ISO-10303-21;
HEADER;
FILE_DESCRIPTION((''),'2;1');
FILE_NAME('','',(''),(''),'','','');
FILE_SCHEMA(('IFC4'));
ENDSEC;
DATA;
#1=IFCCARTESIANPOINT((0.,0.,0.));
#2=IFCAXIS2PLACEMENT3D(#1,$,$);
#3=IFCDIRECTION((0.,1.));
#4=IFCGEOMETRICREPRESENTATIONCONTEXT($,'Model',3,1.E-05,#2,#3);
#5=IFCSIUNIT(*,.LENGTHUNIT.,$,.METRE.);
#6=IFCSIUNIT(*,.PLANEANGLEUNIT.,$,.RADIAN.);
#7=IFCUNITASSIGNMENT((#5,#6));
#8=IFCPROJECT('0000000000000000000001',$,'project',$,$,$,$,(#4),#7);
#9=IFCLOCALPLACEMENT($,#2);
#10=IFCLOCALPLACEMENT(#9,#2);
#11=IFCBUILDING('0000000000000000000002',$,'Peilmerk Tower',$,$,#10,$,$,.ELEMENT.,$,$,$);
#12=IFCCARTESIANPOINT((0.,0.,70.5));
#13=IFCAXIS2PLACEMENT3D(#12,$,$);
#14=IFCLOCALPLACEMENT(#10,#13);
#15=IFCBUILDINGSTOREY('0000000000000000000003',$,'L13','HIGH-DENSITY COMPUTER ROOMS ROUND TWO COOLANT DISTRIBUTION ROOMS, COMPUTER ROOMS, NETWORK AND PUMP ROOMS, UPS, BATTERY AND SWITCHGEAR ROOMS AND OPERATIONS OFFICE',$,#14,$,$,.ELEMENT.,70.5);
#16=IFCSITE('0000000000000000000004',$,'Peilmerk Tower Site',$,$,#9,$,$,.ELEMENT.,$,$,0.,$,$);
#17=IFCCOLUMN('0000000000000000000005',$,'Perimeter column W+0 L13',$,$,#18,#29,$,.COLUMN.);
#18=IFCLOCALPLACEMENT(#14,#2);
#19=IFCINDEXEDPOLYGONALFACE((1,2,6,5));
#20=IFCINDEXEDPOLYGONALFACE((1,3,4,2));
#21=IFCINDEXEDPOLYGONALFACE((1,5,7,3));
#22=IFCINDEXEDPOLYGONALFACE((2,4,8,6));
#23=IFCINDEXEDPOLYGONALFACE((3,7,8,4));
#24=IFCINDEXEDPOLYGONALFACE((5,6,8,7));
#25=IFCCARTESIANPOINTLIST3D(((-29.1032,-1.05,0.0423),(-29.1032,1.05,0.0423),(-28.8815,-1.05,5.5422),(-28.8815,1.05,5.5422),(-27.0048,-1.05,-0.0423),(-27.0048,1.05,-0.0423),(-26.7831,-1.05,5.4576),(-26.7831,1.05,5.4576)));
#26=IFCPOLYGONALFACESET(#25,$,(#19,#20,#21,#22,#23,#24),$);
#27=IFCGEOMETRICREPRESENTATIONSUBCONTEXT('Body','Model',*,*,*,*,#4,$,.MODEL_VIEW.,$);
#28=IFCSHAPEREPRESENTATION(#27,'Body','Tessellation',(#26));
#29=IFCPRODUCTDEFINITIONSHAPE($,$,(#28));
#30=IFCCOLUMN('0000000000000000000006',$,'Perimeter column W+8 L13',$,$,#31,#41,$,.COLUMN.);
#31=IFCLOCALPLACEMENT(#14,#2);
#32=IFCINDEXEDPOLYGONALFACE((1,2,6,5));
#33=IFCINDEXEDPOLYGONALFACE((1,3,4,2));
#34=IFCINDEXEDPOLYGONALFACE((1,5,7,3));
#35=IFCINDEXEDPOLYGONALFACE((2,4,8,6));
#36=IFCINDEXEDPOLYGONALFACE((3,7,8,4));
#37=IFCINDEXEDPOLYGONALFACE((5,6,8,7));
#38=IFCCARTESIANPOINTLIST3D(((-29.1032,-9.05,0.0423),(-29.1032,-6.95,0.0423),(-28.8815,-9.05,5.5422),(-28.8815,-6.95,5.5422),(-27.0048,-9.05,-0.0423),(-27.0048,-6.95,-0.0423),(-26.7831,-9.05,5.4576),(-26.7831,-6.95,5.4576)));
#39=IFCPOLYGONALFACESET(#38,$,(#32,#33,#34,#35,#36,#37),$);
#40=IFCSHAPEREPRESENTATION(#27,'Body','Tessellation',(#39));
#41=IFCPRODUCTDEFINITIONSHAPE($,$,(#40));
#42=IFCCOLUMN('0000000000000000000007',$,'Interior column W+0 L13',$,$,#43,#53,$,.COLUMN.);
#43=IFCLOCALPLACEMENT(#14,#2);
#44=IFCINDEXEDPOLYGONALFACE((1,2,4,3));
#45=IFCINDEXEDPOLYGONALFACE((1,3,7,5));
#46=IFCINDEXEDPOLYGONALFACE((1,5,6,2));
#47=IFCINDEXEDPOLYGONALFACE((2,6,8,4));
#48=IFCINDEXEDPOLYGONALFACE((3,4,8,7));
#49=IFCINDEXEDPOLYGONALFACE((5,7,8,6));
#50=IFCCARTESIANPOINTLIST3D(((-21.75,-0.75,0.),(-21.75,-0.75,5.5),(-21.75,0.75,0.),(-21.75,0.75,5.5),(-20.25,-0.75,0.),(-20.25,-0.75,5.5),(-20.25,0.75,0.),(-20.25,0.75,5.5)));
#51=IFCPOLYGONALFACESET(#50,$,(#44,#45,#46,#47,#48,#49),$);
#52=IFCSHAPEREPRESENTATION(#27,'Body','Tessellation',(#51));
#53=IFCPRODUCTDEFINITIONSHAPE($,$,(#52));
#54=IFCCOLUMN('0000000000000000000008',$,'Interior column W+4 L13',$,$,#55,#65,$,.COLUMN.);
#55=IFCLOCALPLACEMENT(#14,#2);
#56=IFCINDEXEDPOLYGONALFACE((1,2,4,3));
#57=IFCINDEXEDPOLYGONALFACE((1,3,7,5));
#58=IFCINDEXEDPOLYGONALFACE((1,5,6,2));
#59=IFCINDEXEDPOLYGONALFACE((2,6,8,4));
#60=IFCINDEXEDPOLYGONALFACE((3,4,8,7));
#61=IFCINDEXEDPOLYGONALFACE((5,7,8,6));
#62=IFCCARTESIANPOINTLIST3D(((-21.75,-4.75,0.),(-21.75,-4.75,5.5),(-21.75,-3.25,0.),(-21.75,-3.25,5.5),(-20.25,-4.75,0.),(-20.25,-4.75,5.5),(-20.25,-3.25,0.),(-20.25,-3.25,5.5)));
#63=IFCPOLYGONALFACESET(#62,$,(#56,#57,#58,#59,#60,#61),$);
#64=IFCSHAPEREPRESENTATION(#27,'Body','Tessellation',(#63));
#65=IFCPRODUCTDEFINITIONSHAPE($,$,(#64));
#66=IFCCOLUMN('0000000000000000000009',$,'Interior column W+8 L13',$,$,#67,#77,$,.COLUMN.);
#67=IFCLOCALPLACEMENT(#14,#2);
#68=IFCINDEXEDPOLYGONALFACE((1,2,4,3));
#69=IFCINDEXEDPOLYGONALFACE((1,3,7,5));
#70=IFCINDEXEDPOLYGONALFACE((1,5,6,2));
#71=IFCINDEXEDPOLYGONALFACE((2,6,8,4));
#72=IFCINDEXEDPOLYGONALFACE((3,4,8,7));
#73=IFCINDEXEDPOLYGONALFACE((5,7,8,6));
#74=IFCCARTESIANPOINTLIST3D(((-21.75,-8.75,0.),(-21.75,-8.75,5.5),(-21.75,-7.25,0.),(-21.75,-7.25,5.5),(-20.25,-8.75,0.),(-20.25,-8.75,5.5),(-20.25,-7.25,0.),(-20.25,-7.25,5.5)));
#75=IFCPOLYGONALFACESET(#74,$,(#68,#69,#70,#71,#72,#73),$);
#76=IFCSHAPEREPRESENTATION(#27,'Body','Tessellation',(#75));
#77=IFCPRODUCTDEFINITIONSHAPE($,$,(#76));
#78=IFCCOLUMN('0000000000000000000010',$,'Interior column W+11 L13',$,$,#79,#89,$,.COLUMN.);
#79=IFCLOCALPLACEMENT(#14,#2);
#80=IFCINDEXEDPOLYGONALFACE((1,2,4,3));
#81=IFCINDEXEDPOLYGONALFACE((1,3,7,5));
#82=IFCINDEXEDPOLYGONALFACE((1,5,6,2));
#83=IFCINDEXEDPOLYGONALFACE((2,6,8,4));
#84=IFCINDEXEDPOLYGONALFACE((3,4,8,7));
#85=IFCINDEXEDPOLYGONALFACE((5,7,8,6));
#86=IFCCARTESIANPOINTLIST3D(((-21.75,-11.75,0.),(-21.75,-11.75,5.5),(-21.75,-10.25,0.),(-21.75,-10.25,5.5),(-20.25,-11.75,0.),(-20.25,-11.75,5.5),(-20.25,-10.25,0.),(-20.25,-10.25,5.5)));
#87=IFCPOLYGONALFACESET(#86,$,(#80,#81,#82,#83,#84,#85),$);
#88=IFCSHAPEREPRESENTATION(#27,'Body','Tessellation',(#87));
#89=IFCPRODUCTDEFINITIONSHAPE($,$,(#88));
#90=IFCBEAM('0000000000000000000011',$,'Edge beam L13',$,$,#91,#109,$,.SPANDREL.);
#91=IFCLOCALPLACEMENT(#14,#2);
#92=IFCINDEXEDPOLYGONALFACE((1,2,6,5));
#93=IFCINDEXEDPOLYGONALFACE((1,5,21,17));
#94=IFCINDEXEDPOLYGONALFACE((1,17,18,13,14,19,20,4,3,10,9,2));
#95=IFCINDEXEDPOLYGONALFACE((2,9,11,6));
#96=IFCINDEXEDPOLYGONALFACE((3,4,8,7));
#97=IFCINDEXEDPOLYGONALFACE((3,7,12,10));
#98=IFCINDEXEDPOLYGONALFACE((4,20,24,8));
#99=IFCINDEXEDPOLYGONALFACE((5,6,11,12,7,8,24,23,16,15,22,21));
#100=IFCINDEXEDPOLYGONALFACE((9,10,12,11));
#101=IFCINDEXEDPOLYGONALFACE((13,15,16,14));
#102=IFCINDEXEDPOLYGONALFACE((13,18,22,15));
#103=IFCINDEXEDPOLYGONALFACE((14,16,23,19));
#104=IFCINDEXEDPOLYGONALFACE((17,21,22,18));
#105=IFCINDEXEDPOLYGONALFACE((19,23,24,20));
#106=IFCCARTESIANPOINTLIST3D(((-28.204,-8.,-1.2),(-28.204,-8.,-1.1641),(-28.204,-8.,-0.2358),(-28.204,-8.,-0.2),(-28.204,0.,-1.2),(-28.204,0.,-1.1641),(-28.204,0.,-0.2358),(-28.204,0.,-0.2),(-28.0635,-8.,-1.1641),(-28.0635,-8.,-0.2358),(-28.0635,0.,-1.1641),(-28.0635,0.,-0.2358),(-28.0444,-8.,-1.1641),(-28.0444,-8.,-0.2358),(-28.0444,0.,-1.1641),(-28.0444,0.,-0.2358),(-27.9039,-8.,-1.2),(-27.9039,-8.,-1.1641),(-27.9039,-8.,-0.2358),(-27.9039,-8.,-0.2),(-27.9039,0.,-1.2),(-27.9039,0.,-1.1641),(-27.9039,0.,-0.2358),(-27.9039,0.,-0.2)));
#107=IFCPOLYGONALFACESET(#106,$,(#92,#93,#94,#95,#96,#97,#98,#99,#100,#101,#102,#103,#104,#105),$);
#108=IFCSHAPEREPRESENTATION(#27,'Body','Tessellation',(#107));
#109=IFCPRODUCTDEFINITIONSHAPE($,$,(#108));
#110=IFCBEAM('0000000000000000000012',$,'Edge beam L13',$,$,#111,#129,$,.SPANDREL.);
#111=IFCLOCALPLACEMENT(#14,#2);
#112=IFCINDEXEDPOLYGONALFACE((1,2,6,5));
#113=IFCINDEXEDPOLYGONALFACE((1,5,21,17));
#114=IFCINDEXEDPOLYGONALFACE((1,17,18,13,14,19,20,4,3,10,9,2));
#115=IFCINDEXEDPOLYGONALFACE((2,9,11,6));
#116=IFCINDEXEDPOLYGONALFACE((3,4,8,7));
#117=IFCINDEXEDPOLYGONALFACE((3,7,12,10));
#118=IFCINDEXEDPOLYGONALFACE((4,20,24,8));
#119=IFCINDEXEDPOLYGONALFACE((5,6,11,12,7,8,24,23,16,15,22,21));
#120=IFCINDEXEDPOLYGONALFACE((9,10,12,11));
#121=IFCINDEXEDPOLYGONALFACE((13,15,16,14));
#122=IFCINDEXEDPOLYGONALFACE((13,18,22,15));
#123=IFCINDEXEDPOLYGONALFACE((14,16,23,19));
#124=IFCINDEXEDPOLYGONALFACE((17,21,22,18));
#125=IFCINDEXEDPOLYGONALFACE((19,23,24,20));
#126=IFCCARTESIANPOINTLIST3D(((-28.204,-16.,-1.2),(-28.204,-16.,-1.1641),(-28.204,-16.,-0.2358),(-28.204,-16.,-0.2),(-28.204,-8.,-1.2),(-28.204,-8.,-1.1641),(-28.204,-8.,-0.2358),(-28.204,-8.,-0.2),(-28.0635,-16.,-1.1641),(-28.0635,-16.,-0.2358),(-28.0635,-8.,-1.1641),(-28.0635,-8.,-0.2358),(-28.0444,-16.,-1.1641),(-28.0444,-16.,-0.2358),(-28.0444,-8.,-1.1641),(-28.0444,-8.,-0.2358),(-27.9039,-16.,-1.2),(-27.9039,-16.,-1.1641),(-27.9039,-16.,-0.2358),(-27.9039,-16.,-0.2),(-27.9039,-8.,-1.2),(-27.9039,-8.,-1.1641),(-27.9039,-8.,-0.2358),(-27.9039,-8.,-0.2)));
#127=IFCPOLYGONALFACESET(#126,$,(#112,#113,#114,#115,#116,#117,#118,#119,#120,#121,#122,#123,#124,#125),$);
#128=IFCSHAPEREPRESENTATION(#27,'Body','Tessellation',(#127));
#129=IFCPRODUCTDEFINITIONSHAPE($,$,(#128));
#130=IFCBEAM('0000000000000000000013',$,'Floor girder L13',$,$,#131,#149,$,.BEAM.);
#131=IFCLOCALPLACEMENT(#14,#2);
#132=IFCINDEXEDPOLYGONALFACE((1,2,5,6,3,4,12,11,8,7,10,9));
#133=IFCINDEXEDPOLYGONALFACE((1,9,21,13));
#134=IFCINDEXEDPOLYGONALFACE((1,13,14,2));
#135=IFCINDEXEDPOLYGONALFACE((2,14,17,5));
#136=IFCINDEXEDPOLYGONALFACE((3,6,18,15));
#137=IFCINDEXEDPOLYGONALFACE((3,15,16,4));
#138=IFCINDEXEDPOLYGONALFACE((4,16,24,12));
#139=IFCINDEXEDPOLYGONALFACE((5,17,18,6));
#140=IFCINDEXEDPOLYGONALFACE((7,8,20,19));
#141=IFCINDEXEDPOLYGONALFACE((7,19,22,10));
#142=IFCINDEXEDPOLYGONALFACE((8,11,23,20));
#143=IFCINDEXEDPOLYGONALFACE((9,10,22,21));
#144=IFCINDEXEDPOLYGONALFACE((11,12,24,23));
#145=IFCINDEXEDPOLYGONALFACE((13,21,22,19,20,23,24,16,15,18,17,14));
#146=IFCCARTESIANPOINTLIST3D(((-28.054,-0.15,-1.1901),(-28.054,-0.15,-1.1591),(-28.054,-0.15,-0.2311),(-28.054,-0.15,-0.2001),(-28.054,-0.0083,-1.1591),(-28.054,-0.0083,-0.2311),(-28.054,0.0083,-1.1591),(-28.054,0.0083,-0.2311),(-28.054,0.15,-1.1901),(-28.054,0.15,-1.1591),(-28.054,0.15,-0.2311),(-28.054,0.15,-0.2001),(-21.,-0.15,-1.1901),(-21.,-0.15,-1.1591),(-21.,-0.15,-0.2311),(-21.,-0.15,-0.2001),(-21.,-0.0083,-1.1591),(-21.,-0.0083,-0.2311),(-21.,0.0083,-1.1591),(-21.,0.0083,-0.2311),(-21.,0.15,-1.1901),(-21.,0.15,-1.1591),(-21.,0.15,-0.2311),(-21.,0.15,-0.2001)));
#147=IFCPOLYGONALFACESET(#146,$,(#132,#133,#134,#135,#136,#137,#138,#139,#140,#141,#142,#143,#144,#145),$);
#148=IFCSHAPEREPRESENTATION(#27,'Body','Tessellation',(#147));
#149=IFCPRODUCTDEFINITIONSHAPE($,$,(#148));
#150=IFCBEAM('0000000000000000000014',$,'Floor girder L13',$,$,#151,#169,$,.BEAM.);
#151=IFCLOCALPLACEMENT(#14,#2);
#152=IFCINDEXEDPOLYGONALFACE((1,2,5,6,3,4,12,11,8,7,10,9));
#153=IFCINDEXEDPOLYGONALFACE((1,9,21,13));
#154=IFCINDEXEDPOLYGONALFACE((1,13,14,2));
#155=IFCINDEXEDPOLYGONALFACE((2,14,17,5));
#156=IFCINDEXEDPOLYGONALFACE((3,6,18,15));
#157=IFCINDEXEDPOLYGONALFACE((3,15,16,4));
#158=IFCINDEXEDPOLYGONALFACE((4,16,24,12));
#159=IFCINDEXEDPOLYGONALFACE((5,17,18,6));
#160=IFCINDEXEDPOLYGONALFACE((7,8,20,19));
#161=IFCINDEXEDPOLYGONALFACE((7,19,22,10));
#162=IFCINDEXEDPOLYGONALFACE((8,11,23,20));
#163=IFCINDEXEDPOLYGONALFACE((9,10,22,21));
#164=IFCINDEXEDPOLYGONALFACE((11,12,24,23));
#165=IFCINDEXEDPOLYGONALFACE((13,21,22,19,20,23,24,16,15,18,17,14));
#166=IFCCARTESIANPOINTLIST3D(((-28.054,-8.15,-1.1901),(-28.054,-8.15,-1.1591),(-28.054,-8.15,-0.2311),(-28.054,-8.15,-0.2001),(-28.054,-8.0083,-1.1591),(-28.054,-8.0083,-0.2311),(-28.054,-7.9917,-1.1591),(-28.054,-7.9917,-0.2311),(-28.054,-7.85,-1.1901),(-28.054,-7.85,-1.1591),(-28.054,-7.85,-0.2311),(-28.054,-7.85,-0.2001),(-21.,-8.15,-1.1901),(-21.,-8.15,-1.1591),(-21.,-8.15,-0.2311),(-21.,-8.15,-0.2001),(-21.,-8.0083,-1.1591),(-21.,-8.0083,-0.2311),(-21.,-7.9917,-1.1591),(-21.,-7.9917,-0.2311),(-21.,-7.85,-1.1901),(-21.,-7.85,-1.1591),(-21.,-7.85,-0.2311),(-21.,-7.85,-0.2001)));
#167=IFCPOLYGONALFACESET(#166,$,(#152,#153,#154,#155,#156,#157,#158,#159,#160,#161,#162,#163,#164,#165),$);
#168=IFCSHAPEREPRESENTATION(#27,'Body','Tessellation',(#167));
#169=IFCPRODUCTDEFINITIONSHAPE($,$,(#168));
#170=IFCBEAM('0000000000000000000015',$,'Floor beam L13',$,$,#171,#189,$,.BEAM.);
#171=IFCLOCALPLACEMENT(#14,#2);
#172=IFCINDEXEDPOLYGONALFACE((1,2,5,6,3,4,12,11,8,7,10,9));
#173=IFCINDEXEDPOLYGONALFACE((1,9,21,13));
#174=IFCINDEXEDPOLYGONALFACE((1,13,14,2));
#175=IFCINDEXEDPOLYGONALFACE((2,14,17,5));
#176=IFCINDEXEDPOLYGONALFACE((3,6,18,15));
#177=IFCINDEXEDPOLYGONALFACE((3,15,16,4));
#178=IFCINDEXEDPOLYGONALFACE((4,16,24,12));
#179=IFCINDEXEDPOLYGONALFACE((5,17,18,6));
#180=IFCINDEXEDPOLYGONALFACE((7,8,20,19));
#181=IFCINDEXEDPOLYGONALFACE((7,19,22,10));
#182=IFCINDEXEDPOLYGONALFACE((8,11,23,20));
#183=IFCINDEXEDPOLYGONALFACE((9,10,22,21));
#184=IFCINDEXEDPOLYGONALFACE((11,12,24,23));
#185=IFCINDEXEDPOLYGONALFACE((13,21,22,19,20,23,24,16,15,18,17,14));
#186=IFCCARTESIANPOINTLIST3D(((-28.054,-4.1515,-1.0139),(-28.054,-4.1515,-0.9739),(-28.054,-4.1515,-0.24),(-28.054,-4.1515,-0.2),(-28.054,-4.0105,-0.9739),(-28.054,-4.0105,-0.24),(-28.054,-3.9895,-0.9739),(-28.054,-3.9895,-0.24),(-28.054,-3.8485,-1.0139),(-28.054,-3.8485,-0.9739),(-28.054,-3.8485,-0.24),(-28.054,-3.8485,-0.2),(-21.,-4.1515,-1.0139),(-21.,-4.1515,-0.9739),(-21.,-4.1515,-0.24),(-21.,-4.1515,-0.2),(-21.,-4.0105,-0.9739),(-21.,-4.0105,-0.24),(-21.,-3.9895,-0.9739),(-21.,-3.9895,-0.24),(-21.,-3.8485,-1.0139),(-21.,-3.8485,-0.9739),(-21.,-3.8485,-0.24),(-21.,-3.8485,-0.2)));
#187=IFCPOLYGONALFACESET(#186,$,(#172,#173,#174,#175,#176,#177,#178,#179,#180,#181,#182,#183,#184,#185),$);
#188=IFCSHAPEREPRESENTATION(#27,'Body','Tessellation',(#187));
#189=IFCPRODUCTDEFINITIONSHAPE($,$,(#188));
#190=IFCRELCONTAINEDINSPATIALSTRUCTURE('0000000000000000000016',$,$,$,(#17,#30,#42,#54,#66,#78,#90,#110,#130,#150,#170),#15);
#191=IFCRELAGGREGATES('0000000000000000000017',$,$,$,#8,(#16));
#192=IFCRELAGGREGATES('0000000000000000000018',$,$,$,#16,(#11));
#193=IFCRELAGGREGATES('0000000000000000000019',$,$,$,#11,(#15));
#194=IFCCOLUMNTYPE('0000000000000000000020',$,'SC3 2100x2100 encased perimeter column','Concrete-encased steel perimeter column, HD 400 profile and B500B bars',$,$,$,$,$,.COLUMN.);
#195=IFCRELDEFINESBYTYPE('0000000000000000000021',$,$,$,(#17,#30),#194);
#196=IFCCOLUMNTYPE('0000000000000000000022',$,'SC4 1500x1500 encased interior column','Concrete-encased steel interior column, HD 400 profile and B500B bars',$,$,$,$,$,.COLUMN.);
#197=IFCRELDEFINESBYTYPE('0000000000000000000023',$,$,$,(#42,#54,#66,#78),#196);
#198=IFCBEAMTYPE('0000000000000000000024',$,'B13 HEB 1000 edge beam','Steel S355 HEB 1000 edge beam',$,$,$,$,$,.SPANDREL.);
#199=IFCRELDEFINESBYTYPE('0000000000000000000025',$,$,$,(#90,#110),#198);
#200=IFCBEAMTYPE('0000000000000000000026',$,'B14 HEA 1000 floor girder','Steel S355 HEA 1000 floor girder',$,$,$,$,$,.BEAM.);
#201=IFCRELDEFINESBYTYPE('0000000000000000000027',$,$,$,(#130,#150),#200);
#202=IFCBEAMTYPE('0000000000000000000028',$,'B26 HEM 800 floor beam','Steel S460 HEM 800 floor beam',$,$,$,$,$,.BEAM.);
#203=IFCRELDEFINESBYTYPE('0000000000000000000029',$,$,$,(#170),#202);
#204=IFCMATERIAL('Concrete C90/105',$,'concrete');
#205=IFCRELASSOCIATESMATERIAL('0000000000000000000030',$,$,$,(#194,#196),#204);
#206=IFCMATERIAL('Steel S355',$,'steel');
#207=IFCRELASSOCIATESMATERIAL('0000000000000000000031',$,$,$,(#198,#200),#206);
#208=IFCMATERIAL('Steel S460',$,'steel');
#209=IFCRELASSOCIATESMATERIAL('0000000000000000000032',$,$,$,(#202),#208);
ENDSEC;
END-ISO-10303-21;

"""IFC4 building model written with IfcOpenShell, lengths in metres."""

from ifc_helpers import new_model, si_unit, direction, frame, origin, origin_2d, place, context, subcontext, project, spatial, rectangle, i_section, extrude, material, material_profile, profile_set, type_object, element, save


model = new_model("IFC4")

# Units and contexts
model_context = context("Model", 3, precision=1e-05, world=origin(), true_north=direction((0.0, 1.0)))
body_context = subcontext(model_context, "Body", "Model", "MODEL_VIEW")
ifc_project = project(units=[si_unit("LENGTHUNIT", "METRE"), si_unit("PLANEANGLEUNIT", "RADIAN")], contexts=[model_context])

# Site, building, storey
site_placement = place(None, origin())
site = spatial("IfcSite", under=ifc_project, at=site_placement, Name="Peilmerk Tower Site", CompositionType="ELEMENT", RefElevation=0.0)
building_placement = place(site_placement, origin())
building = spatial("IfcBuilding", under=site, at=building_placement, Name="Peilmerk Tower", CompositionType="ELEMENT")
storey_placement = place(building_placement, frame((0.0, 0.0, 70.5)))
storey = spatial("IfcBuildingStorey", under=building, at=storey_placement, Name="L13", Description="HIGH-DENSITY COMPUTER ROOMS ROUND TWO COOLANT DISTRIBUTION ROOMS, COMPUTER ROOMS, NETWORK AND PUMP ROOMS, UPS, BATTERY AND SWITCHGEAR ROOMS AND OPERATIONS OFFICE", CompositionType="ELEMENT", Elevation=70.5)

# Columns
ifc_material_1 = material(Name="Concrete C90/105", Category="concrete")
ifc_material_profile_1 = material_profile(ifc_material_1, rectangle(XDim=2.1001, YDim=2.1001, at=origin_2d()), Name="RC 2100x2100")
ifc_profile_set_1 = profile_set([ifc_material_profile_1], Name="Concrete C90/105")
column_type_1 = type_object("IfcColumnType", Name="SC3 2100x2100 encased perimeter column", Description="Concrete-encased steel perimeter column, HD 400 profile and B500B bars", PredefinedType="COLUMN", material=ifc_profile_set_1)
for number, where, z_axis, x_axis, name in (
    (1, (-28.054, 0.0, 0.0), (0.040273, 0.0, 0.999189), (0.0, 1.0, 0.0), "Perimeter column W+0 L13"),
    (2, (-28.054, -8.0, 0.0), (0.040273, 0.0, 0.999189), (0.0, 1.0, 0.0), "Perimeter column W+8 L13"),
):
    element("IfcColumn", number, at=place(storey_placement, frame(where, z_axis=z_axis, x_axis=x_axis)), inside=storey, type_object=column_type_1, Name=name, PredefinedType="COLUMN", context=body_context, shape_type="SweptSolid", body=[
        extrude(rectangle(XDim=2.1001, YDim=2.1001, at=origin_2d()), origin(), (0.0, 0.0, 1.0), 5.5044),
    ])
ifc_material_profile_2 = material_profile(ifc_material_1, rectangle(XDim=1.5, YDim=1.5, at=origin_2d()), Name="RC 1500x1500")
ifc_profile_set_2 = profile_set([ifc_material_profile_2], Name="Concrete C90/105")
column_type_2 = type_object("IfcColumnType", Name="SC4 1500x1500 encased interior column", Description="Concrete-encased steel interior column, HD 400 profile and B500B bars", PredefinedType="COLUMN", material=ifc_profile_set_2)
for number, where, z_axis, x_axis, name in (
    (3, (-21.0, 0.0, 0.0), (0.0, 0.0, 1.0), (1.0, 0.0, 0.0), "Interior column W+0 L13"),
    (4, (-21.0, -4.0, 0.0), (0.0, 0.0, 1.0), (1.0, 0.0, 0.0), "Interior column W+4 L13"),
    (5, (-21.0, -8.0, 0.0), (0.0, 0.0, 1.0), (1.0, 0.0, 0.0), "Interior column W+8 L13"),
    (6, (-21.0, -11.0, 0.0), (0.0, 0.0, 1.0), (1.0, 0.0, 0.0), "Interior column W+11 L13"),
):
    element("IfcColumn", number, at=place(storey_placement, frame(where, z_axis=z_axis, x_axis=x_axis)), inside=storey, type_object=column_type_2, Name=name, PredefinedType="COLUMN", context=body_context, shape_type="SweptSolid", body=[
        extrude(rectangle(XDim=1.5, YDim=1.5, at=origin_2d()), origin(), (0.0, 0.0, 1.0), 5.5),
    ])

# Beams
ifc_material_2 = material(Name="Steel S355", Category="steel")
ifc_material_profile_3 = material_profile(ifc_material_2, i_section(OverallWidth=0.3, OverallDepth=1.0, WebThickness=0.019, FlangeThickness=0.0359, at=origin_2d()), Name="HEB 1000")
ifc_profile_set_3 = profile_set([ifc_material_profile_3], Name="Steel S355")
beam_type_1 = type_object("IfcBeamType", Name="B13 HEB 1000 edge beam", Description="Steel S355 HEB 1000 edge beam", PredefinedType="SPANDREL", material=ifc_profile_set_3)
for number, where, z_axis, x_axis, name in (
    (7, (-28.054, 0.0, -0.7), (0.0, -1.0, 0.0), (1.0, 0.0, 0.0), "Edge beam L13"),
    (8, (-28.054, -8.0, -0.7), (0.0, -1.0, 0.0), (1.0, 0.0, 0.0), "Edge beam L13"),
):
    element("IfcBeam", number, at=place(storey_placement, frame(where, z_axis=z_axis, x_axis=x_axis)), inside=storey, type_object=beam_type_1, Name=name, PredefinedType="SPANDREL", context=body_context, shape_type="SweptSolid", body=[
        extrude(i_section(OverallWidth=0.3, OverallDepth=1.0, WebThickness=0.019, FlangeThickness=0.0359, at=origin_2d()), origin(), (0.0, 0.0, 1.0), 8.0),
    ])
ifc_material_profile_4 = material_profile(ifc_material_2, i_section(OverallWidth=0.3, OverallDepth=0.99, WebThickness=0.0166, FlangeThickness=0.031, at=origin_2d()), Name="HEA 1000")
ifc_profile_set_4 = profile_set([ifc_material_profile_4], Name="Steel S355")
beam_type_2 = type_object("IfcBeamType", Name="B14 HEA 1000 floor girder", Description="Steel S355 HEA 1000 floor girder", PredefinedType="BEAM", material=ifc_profile_set_4)
for number, where, z_axis, x_axis, name in (
    (9, (-21.0, 0.0, -0.6951), (-1.0, 0.0, 0.0), (0.0, -1.0, 0.0), "Floor girder L13"),
    (10, (-21.0, -8.0, -0.6951), (-1.0, 0.0, 0.0), (0.0, -1.0, 0.0), "Floor girder L13"),
):
    element("IfcBeam", number, at=place(storey_placement, frame(where, z_axis=z_axis, x_axis=x_axis)), inside=storey, type_object=beam_type_2, Name=name, PredefinedType="BEAM", context=body_context, shape_type="SweptSolid", body=[
        extrude(i_section(OverallWidth=0.3, OverallDepth=0.99, WebThickness=0.0166, FlangeThickness=0.031, at=origin_2d()), origin(), (0.0, 0.0, 1.0), 7.054),
    ])
ifc_material_3 = material(Name="Steel S460", Category="steel")
ifc_material_profile_5 = material_profile(ifc_material_3, i_section(OverallWidth=0.303, OverallDepth=0.814, WebThickness=0.021, FlangeThickness=0.04, at=origin_2d()), Name="HEM 800")
ifc_profile_set_5 = profile_set([ifc_material_profile_5], Name="Steel S460")
beam_type_3 = type_object("IfcBeamType", Name="B26 HEM 800 floor beam", Description="Steel S460 HEM 800 floor beam", PredefinedType="BEAM", material=ifc_profile_set_5)
for number, where, z_axis, x_axis, name in (
    (11, (-21.0, -4.0, -0.6069), (-1.0, 0.0, 0.0), (0.0, -1.0, 0.0), "Floor beam L13"),
):
    element("IfcBeam", number, at=place(storey_placement, frame(where, z_axis=z_axis, x_axis=x_axis)), inside=storey, type_object=beam_type_3, Name=name, PredefinedType="BEAM", context=body_context, shape_type="SweptSolid", body=[
        extrude(i_section(OverallWidth=0.303, OverallDepth=0.814, WebThickness=0.021, FlangeThickness=0.04, at=origin_2d()), origin(), (0.0, 0.0, 1.0), 7.054),
    ])

save(model, "model.ifc")
